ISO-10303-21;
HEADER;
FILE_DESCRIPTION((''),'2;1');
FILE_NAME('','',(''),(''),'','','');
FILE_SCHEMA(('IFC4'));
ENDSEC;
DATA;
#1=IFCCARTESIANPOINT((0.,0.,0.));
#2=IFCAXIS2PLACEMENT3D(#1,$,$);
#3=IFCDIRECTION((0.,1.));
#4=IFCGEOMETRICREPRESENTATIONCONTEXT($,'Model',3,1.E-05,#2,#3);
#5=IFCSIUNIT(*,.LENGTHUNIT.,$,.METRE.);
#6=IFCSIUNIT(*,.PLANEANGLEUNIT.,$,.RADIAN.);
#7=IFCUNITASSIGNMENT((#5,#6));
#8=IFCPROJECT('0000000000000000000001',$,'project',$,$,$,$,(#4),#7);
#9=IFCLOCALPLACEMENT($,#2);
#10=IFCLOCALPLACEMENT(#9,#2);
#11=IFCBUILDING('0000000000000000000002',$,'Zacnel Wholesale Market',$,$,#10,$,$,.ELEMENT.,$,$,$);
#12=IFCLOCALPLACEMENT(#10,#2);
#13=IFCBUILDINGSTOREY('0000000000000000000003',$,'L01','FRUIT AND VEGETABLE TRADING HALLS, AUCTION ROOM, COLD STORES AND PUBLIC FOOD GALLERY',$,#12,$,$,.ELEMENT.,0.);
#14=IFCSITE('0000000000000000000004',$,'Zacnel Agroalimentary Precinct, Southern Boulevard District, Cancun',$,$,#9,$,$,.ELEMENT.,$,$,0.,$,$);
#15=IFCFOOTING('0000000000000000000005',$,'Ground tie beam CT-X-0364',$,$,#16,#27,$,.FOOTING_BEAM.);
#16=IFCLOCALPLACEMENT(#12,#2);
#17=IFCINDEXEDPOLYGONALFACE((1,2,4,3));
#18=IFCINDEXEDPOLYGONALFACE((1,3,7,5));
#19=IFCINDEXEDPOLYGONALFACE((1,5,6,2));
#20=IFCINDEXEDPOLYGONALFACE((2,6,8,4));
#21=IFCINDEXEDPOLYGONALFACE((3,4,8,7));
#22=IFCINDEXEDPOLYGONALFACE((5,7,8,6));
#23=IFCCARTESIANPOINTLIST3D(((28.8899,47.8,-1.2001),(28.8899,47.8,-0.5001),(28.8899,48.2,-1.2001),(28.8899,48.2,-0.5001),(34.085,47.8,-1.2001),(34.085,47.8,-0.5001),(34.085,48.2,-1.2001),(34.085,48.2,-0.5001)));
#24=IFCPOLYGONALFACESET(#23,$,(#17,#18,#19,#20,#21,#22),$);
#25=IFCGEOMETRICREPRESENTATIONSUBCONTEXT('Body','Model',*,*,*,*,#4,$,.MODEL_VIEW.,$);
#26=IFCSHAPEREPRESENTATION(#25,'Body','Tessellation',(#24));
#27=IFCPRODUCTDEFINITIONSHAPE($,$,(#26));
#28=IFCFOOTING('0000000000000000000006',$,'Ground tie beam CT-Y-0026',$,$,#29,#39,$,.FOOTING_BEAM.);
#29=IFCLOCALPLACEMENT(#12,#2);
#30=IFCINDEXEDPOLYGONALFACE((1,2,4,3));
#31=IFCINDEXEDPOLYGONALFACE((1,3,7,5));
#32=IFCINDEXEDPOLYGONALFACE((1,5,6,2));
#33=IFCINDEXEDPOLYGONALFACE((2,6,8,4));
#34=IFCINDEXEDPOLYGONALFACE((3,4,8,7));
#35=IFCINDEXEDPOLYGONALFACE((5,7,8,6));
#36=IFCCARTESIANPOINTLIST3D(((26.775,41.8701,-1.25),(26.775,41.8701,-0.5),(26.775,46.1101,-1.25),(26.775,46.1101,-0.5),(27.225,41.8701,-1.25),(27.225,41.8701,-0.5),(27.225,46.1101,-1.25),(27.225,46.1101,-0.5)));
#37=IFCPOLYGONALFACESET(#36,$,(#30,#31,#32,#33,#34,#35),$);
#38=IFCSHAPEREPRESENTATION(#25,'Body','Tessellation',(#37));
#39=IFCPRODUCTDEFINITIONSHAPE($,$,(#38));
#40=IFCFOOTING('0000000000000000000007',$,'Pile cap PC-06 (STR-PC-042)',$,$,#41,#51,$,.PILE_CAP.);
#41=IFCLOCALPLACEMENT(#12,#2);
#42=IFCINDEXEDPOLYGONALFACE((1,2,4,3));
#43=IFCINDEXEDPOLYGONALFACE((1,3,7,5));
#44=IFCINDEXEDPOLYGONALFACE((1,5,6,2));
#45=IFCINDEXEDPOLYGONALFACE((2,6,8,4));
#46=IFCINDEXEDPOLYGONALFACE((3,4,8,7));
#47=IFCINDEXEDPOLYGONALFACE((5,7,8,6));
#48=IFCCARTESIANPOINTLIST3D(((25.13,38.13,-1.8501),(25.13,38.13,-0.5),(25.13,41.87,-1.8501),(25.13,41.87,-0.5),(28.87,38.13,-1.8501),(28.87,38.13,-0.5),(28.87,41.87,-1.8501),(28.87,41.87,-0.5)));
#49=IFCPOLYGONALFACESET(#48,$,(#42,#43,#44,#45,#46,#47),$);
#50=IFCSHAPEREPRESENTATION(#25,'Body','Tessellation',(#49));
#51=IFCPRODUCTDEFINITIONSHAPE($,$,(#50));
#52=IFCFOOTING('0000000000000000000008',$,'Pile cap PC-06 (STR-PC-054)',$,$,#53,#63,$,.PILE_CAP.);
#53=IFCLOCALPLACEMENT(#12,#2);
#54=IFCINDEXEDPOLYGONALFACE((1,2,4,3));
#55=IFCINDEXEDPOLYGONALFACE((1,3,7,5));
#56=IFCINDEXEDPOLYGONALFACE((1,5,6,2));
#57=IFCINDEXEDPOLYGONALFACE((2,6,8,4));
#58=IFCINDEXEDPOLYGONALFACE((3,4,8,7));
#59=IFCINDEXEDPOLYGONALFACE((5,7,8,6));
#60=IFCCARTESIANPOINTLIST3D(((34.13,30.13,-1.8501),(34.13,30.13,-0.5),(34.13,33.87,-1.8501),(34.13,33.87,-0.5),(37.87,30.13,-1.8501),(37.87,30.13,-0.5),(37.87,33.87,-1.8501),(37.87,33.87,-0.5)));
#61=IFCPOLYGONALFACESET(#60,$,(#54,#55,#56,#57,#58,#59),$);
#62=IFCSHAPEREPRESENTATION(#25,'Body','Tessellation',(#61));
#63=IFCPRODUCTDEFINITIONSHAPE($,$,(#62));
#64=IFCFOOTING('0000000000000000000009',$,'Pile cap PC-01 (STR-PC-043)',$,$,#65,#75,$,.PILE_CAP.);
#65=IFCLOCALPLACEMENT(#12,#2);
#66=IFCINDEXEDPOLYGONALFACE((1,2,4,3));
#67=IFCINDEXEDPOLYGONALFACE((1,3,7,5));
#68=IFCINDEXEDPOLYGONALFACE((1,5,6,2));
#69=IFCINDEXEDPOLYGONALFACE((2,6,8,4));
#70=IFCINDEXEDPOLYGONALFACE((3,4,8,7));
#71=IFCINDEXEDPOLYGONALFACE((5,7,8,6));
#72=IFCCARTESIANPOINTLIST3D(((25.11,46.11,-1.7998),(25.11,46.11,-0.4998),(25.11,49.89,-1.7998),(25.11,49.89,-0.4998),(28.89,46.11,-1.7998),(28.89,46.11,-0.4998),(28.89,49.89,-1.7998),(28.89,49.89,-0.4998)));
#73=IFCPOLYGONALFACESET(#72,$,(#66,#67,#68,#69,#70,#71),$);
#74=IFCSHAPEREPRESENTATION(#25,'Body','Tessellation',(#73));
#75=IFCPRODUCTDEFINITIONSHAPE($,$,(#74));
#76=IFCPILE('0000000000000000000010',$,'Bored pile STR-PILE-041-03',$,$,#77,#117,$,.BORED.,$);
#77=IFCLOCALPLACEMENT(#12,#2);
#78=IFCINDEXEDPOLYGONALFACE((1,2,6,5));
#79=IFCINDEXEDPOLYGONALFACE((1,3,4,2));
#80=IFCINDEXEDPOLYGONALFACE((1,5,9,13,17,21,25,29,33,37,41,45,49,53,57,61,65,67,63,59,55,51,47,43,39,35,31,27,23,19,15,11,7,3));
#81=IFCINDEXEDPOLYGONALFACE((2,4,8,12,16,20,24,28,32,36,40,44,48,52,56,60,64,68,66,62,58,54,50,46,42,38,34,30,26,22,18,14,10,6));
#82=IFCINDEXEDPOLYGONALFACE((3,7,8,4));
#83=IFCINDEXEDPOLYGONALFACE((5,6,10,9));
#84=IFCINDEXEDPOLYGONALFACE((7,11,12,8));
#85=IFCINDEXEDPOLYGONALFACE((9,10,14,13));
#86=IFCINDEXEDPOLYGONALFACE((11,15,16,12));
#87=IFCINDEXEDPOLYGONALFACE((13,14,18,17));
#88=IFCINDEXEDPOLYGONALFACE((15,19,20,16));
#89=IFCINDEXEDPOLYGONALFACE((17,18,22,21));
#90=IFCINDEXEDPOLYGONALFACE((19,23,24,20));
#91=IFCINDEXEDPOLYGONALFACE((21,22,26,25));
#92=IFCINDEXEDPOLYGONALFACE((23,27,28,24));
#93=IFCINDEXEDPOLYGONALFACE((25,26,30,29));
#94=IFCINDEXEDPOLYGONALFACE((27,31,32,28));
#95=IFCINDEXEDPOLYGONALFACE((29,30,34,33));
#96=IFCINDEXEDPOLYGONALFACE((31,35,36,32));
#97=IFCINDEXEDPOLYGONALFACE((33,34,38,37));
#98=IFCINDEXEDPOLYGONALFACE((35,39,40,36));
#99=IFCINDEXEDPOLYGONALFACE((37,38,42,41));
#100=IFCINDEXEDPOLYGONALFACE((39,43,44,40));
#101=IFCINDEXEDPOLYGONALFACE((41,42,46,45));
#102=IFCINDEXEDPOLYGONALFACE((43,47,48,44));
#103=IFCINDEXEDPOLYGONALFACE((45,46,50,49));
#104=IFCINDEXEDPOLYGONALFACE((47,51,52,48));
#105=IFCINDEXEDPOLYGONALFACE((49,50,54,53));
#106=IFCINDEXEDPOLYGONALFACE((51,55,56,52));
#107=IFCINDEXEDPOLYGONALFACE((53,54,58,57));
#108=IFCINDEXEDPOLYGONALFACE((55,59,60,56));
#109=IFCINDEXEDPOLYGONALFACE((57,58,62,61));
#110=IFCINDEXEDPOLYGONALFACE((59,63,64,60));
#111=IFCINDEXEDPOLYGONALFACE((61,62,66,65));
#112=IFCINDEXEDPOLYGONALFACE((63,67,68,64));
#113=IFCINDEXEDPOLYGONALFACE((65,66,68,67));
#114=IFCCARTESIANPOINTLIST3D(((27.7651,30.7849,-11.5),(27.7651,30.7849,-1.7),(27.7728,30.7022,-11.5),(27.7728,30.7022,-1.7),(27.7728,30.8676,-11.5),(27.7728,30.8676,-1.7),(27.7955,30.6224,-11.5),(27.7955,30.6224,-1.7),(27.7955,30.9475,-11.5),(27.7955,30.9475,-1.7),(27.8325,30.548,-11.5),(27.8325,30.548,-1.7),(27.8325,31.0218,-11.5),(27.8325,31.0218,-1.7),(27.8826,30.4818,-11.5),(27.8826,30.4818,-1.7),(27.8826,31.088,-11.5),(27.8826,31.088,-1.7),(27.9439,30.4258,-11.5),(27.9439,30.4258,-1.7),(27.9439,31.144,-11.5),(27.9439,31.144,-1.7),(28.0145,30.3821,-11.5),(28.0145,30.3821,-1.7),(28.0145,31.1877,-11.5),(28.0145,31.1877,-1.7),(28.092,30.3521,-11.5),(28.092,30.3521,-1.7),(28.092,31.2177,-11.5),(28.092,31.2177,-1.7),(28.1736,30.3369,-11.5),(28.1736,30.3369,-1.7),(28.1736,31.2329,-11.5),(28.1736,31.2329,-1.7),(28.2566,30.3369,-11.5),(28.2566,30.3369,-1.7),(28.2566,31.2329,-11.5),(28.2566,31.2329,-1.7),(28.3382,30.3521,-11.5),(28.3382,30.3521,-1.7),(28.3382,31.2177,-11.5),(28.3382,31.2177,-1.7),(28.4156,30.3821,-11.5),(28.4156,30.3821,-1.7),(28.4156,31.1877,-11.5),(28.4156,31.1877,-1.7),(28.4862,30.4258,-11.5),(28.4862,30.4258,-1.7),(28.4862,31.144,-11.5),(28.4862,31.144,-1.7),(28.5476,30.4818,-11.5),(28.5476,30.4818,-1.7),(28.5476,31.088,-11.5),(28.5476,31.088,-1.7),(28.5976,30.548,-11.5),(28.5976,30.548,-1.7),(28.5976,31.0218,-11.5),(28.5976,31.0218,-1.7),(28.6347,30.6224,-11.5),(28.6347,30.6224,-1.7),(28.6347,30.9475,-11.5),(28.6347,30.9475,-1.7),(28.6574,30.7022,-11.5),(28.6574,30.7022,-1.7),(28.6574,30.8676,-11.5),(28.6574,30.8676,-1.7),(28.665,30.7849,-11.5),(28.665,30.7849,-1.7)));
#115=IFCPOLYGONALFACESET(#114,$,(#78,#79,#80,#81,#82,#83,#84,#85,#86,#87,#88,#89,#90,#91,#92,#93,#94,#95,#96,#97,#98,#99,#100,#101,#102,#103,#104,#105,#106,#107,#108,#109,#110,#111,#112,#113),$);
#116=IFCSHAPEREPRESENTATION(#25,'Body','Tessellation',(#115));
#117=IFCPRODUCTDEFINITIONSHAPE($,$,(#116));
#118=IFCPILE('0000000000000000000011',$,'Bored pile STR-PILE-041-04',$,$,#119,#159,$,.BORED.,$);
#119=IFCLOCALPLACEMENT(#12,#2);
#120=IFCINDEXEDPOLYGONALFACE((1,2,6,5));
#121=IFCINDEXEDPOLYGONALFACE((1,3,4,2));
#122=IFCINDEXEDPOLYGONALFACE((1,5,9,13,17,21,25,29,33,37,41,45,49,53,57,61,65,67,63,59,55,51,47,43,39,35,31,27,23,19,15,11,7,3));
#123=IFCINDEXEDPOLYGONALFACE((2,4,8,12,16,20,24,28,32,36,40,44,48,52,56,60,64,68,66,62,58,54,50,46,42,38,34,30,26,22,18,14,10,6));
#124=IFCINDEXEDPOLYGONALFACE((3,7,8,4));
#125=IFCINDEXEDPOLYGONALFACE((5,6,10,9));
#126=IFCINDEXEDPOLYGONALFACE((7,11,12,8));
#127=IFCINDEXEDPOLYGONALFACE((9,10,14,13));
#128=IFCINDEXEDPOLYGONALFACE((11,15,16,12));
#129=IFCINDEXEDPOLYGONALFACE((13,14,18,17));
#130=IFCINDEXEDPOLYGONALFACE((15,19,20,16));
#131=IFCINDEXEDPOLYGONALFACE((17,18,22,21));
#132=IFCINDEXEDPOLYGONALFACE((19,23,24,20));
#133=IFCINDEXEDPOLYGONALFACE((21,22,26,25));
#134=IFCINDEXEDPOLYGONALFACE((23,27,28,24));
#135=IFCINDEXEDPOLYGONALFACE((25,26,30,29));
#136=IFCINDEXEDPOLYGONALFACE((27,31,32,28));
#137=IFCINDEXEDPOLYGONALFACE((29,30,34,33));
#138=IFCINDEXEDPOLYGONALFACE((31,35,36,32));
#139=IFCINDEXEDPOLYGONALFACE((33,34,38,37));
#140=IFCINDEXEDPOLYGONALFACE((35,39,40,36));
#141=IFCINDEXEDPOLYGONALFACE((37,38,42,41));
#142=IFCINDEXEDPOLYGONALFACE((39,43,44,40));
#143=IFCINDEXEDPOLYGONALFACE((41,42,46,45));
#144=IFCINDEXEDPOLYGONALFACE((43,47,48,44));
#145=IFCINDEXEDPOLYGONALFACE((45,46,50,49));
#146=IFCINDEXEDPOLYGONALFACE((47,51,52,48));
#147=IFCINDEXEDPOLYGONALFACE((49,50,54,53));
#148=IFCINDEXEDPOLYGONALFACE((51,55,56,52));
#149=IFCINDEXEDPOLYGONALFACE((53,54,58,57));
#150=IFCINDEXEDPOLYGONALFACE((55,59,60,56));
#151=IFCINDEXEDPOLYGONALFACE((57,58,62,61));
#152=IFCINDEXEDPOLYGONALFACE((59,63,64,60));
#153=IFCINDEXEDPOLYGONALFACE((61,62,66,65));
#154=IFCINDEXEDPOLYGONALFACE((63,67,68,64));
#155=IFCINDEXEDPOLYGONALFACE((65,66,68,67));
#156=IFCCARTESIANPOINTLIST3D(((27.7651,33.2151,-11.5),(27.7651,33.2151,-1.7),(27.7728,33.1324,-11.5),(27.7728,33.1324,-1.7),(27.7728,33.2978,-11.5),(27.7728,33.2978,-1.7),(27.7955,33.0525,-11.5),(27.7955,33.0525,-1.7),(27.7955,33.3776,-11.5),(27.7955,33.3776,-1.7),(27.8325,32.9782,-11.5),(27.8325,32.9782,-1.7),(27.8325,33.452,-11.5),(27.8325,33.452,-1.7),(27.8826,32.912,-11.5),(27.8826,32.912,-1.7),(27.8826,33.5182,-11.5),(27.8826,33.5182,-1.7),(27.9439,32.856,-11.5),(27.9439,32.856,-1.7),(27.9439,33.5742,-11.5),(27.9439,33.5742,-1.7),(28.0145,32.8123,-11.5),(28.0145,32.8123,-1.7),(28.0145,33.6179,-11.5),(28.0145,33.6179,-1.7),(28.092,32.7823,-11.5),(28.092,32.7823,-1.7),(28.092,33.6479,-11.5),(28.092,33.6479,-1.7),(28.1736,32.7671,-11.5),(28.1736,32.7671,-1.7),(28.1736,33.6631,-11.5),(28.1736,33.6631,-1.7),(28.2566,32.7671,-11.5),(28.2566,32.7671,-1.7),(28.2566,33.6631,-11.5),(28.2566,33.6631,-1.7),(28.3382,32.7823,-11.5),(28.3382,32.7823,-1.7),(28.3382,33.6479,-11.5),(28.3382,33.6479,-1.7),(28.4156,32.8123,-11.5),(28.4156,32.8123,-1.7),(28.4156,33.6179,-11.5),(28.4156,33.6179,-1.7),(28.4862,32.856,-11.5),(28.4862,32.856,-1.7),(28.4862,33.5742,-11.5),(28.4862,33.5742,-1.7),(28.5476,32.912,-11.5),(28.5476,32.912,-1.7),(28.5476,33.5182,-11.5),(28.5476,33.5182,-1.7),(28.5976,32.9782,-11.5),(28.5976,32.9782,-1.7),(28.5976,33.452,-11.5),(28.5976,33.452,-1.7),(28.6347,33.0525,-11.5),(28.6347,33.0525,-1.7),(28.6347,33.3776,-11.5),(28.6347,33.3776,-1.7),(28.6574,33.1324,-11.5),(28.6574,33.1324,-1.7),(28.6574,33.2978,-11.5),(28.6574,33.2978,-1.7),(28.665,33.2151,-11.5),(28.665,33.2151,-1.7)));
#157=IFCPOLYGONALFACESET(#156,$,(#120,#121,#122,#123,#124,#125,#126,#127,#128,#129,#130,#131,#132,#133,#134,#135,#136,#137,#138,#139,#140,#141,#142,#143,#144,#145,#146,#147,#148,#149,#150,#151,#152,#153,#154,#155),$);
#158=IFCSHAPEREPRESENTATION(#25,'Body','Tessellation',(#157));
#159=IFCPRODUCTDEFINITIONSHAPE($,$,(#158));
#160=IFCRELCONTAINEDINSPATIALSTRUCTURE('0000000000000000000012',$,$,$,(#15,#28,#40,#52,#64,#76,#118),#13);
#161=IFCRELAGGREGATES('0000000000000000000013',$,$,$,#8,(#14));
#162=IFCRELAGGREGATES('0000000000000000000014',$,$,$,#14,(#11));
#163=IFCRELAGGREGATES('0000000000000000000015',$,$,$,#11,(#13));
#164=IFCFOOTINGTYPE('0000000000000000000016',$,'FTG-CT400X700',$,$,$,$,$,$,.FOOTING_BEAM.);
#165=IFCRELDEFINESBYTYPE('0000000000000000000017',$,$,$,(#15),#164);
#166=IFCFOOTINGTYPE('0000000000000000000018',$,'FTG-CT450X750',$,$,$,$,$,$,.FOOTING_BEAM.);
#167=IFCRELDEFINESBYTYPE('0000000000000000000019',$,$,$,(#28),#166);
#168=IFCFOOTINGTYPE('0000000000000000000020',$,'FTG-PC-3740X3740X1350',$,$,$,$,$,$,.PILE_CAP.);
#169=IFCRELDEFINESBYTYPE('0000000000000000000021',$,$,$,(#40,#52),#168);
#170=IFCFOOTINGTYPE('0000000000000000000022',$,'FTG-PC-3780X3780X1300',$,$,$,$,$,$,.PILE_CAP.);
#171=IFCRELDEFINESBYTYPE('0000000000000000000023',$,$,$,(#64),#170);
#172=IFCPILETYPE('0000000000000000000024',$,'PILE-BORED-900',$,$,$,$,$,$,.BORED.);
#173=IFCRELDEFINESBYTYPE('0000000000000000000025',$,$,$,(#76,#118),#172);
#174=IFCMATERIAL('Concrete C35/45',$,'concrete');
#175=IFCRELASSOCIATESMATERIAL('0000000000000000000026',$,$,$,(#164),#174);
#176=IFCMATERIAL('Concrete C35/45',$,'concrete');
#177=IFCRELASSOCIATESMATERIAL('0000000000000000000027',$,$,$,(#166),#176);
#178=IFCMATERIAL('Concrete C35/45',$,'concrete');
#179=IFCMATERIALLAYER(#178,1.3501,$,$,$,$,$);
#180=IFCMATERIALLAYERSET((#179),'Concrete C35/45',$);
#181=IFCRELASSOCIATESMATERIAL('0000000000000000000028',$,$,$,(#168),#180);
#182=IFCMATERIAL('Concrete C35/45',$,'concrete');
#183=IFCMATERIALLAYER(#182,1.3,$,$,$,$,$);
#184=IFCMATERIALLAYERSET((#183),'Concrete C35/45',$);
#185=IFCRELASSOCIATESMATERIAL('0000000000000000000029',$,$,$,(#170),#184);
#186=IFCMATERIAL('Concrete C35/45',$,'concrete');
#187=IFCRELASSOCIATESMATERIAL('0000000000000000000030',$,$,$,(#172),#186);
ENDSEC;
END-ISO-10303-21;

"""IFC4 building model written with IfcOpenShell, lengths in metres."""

from ifc_helpers import new_model, si_unit, direction, frame, origin, origin_2d, place, context, subcontext, project, spatial, rectangle, circle, extrude, material, layer, layer_set, material_profile, profile_set, type_object, element, save


model = new_model("IFC4")

# Units and contexts
model_context = context("Model", 3, precision=1e-05, world=origin(), true_north=direction((0.0, 1.0)))
body_context = subcontext(model_context, "Body", "Model", "MODEL_VIEW")
ifc_project = project(units=[si_unit("LENGTHUNIT", "METRE"), si_unit("PLANEANGLEUNIT", "RADIAN")], contexts=[model_context])

# Site, building, storey
site_placement = place(None, origin())
site = spatial("IfcSite", under=ifc_project, at=site_placement, Name="Zacnel Agroalimentary Precinct, Southern Boulevard District, Cancun", CompositionType="ELEMENT", RefElevation=0.0)
building_placement = place(site_placement, origin())
building = spatial("IfcBuilding", under=site, at=building_placement, Name="Zacnel Wholesale Market", CompositionType="ELEMENT")
storey_placement = place(building_placement, origin())
storey = spatial("IfcBuildingStorey", under=building, at=storey_placement, Name="L01", Description="FRUIT AND VEGETABLE TRADING HALLS, AUCTION ROOM, COLD STORES AND PUBLIC FOOD GALLERY", CompositionType="ELEMENT", Elevation=0.0)

# Footings
ifc_material_1 = material(Name="Concrete C35/45", Category="concrete")
ifc_material_profile_1 = material_profile(ifc_material_1, rectangle(XDim=0.3999, YDim=0.7, at=origin_2d()), Name="CT 400x700")
ifc_profile_set_1 = profile_set([ifc_material_profile_1], Name="Concrete C35/45")
footing_type_1 = type_object("IfcFootingType", Name="FTG-CT400X700", PredefinedType="FOOTING_BEAM", material=ifc_profile_set_1)
footing_1_placement = place(storey_placement, frame((28.8899, 48.0, -0.8501), z_axis=(1.0, 0.0, 0.0), x_axis=(0.0, 1.0, 0.0)))
element("IfcFooting", 1, at=footing_1_placement, inside=storey, type_object=footing_type_1, Name="Ground tie beam CT-X-0364", PredefinedType="FOOTING_BEAM", context=body_context, shape_type="SweptSolid", body=[
    extrude(rectangle(XDim=0.3999, YDim=0.7, at=origin_2d()), origin(), (0.0, 0.0, 1.0), 5.1951),
])
ifc_material_2 = material(Name="Concrete C35/45", Category="concrete")
ifc_material_profile_2 = material_profile(ifc_material_2, rectangle(XDim=0.45, YDim=0.75, at=origin_2d()), Name="CT 450x750")
ifc_profile_set_2 = profile_set([ifc_material_profile_2], Name="Concrete C35/45")
footing_type_2 = type_object("IfcFootingType", Name="FTG-CT450X750", PredefinedType="FOOTING_BEAM", material=ifc_profile_set_2)
footing_2_placement = place(storey_placement, frame((27.0, 41.8701, -0.875), z_axis=(0.0, 1.0, 0.0), x_axis=(-1.0, 0.0, 0.0)))
element("IfcFooting", 2, at=footing_2_placement, inside=storey, type_object=footing_type_2, Name="Ground tie beam CT-Y-0026", PredefinedType="FOOTING_BEAM", context=body_context, shape_type="SweptSolid", body=[
    extrude(rectangle(XDim=0.45, YDim=0.75, at=origin_2d()), origin(), (0.0, 0.0, 1.0), 4.24),
])
ifc_material_3 = material(Name="Concrete C35/45", Category="concrete")
ifc_layer_1 = layer(ifc_material_3, 1.3501)
ifc_layer_set_1 = layer_set([ifc_layer_1], Name="Concrete C35/45")
footing_type_3 = type_object("IfcFootingType", Name="FTG-PC-3740X3740X1350", PredefinedType="PILE_CAP", material=ifc_layer_set_1)
for number, where, z_axis, x_axis, name in (
    (3, (27.0, 40.0, -1.8501), (0.0, 0.0, 1.0), (1.0, 0.0, 0.0), "Pile cap PC-06 (STR-PC-042)"),
    (4, (36.0, 32.0, -1.8501), (0.0, 0.0, 1.0), (1.0, 0.0, 0.0), "Pile cap PC-06 (STR-PC-054)"),
):
    element("IfcFooting", number, at=place(storey_placement, frame(where, z_axis=z_axis, x_axis=x_axis)), inside=storey, type_object=footing_type_3, Name=name, PredefinedType="PILE_CAP", context=body_context, shape_type="SweptSolid", body=[
        extrude(rectangle(XDim=3.74, YDim=3.74, at=origin_2d()), origin(), (0.0, 0.0, 1.0), 1.3501),
    ])
ifc_material_4 = material(Name="Concrete C35/45", Category="concrete")
ifc_layer_2 = layer(ifc_material_4, 1.3)
ifc_layer_set_2 = layer_set([ifc_layer_2], Name="Concrete C35/45")
footing_type_4 = type_object("IfcFootingType", Name="FTG-PC-3780X3780X1300", PredefinedType="PILE_CAP", material=ifc_layer_set_2)
footing_3_placement = place(storey_placement, frame((27.0, 48.0, -1.7998), z_axis=(0.0, 0.0, 1.0), x_axis=(1.0, 0.0, 0.0)))
element("IfcFooting", 5, at=footing_3_placement, inside=storey, type_object=footing_type_4, Name="Pile cap PC-01 (STR-PC-043)", PredefinedType="PILE_CAP", context=body_context, shape_type="SweptSolid", body=[
    extrude(rectangle(XDim=3.78, YDim=3.78, at=origin_2d()), origin(), (0.0, 0.0, 1.0), 1.3),
])

# Piles
ifc_material_5 = material(Name="Concrete C35/45", Category="concrete")
ifc_material_profile_3 = material_profile(ifc_material_5, circle(Radius=0.45, at=origin_2d()), Name="BORED PILE D900")
ifc_profile_set_3 = profile_set([ifc_material_profile_3], Name="Concrete C35/45")
pile_type = type_object("IfcPileType", Name="PILE-BORED-900", PredefinedType="BORED", material=ifc_profile_set_3)
for number, where, z_axis, x_axis, name in (
    (6, (28.2151, 30.7849, -1.7), (0.0, 0.0, -1.0), (1.0, 0.0, 0.0), "Bored pile STR-PILE-041-03"),
    (7, (28.2151, 33.2151, -1.7), (0.0, 0.0, -1.0), (1.0, 0.0, 0.0), "Bored pile STR-PILE-041-04"),
):
    element("IfcPile", number, at=place(storey_placement, frame(where, z_axis=z_axis, x_axis=x_axis)), inside=storey, type_object=pile_type, Name=name, PredefinedType="BORED", context=body_context, shape_type="SweptSolid", body=[
        extrude(circle(Radius=0.45, at=origin_2d()), origin(), (0.0, 0.0, 1.0), 9.8),
    ])

save(model, "model.ifc")
